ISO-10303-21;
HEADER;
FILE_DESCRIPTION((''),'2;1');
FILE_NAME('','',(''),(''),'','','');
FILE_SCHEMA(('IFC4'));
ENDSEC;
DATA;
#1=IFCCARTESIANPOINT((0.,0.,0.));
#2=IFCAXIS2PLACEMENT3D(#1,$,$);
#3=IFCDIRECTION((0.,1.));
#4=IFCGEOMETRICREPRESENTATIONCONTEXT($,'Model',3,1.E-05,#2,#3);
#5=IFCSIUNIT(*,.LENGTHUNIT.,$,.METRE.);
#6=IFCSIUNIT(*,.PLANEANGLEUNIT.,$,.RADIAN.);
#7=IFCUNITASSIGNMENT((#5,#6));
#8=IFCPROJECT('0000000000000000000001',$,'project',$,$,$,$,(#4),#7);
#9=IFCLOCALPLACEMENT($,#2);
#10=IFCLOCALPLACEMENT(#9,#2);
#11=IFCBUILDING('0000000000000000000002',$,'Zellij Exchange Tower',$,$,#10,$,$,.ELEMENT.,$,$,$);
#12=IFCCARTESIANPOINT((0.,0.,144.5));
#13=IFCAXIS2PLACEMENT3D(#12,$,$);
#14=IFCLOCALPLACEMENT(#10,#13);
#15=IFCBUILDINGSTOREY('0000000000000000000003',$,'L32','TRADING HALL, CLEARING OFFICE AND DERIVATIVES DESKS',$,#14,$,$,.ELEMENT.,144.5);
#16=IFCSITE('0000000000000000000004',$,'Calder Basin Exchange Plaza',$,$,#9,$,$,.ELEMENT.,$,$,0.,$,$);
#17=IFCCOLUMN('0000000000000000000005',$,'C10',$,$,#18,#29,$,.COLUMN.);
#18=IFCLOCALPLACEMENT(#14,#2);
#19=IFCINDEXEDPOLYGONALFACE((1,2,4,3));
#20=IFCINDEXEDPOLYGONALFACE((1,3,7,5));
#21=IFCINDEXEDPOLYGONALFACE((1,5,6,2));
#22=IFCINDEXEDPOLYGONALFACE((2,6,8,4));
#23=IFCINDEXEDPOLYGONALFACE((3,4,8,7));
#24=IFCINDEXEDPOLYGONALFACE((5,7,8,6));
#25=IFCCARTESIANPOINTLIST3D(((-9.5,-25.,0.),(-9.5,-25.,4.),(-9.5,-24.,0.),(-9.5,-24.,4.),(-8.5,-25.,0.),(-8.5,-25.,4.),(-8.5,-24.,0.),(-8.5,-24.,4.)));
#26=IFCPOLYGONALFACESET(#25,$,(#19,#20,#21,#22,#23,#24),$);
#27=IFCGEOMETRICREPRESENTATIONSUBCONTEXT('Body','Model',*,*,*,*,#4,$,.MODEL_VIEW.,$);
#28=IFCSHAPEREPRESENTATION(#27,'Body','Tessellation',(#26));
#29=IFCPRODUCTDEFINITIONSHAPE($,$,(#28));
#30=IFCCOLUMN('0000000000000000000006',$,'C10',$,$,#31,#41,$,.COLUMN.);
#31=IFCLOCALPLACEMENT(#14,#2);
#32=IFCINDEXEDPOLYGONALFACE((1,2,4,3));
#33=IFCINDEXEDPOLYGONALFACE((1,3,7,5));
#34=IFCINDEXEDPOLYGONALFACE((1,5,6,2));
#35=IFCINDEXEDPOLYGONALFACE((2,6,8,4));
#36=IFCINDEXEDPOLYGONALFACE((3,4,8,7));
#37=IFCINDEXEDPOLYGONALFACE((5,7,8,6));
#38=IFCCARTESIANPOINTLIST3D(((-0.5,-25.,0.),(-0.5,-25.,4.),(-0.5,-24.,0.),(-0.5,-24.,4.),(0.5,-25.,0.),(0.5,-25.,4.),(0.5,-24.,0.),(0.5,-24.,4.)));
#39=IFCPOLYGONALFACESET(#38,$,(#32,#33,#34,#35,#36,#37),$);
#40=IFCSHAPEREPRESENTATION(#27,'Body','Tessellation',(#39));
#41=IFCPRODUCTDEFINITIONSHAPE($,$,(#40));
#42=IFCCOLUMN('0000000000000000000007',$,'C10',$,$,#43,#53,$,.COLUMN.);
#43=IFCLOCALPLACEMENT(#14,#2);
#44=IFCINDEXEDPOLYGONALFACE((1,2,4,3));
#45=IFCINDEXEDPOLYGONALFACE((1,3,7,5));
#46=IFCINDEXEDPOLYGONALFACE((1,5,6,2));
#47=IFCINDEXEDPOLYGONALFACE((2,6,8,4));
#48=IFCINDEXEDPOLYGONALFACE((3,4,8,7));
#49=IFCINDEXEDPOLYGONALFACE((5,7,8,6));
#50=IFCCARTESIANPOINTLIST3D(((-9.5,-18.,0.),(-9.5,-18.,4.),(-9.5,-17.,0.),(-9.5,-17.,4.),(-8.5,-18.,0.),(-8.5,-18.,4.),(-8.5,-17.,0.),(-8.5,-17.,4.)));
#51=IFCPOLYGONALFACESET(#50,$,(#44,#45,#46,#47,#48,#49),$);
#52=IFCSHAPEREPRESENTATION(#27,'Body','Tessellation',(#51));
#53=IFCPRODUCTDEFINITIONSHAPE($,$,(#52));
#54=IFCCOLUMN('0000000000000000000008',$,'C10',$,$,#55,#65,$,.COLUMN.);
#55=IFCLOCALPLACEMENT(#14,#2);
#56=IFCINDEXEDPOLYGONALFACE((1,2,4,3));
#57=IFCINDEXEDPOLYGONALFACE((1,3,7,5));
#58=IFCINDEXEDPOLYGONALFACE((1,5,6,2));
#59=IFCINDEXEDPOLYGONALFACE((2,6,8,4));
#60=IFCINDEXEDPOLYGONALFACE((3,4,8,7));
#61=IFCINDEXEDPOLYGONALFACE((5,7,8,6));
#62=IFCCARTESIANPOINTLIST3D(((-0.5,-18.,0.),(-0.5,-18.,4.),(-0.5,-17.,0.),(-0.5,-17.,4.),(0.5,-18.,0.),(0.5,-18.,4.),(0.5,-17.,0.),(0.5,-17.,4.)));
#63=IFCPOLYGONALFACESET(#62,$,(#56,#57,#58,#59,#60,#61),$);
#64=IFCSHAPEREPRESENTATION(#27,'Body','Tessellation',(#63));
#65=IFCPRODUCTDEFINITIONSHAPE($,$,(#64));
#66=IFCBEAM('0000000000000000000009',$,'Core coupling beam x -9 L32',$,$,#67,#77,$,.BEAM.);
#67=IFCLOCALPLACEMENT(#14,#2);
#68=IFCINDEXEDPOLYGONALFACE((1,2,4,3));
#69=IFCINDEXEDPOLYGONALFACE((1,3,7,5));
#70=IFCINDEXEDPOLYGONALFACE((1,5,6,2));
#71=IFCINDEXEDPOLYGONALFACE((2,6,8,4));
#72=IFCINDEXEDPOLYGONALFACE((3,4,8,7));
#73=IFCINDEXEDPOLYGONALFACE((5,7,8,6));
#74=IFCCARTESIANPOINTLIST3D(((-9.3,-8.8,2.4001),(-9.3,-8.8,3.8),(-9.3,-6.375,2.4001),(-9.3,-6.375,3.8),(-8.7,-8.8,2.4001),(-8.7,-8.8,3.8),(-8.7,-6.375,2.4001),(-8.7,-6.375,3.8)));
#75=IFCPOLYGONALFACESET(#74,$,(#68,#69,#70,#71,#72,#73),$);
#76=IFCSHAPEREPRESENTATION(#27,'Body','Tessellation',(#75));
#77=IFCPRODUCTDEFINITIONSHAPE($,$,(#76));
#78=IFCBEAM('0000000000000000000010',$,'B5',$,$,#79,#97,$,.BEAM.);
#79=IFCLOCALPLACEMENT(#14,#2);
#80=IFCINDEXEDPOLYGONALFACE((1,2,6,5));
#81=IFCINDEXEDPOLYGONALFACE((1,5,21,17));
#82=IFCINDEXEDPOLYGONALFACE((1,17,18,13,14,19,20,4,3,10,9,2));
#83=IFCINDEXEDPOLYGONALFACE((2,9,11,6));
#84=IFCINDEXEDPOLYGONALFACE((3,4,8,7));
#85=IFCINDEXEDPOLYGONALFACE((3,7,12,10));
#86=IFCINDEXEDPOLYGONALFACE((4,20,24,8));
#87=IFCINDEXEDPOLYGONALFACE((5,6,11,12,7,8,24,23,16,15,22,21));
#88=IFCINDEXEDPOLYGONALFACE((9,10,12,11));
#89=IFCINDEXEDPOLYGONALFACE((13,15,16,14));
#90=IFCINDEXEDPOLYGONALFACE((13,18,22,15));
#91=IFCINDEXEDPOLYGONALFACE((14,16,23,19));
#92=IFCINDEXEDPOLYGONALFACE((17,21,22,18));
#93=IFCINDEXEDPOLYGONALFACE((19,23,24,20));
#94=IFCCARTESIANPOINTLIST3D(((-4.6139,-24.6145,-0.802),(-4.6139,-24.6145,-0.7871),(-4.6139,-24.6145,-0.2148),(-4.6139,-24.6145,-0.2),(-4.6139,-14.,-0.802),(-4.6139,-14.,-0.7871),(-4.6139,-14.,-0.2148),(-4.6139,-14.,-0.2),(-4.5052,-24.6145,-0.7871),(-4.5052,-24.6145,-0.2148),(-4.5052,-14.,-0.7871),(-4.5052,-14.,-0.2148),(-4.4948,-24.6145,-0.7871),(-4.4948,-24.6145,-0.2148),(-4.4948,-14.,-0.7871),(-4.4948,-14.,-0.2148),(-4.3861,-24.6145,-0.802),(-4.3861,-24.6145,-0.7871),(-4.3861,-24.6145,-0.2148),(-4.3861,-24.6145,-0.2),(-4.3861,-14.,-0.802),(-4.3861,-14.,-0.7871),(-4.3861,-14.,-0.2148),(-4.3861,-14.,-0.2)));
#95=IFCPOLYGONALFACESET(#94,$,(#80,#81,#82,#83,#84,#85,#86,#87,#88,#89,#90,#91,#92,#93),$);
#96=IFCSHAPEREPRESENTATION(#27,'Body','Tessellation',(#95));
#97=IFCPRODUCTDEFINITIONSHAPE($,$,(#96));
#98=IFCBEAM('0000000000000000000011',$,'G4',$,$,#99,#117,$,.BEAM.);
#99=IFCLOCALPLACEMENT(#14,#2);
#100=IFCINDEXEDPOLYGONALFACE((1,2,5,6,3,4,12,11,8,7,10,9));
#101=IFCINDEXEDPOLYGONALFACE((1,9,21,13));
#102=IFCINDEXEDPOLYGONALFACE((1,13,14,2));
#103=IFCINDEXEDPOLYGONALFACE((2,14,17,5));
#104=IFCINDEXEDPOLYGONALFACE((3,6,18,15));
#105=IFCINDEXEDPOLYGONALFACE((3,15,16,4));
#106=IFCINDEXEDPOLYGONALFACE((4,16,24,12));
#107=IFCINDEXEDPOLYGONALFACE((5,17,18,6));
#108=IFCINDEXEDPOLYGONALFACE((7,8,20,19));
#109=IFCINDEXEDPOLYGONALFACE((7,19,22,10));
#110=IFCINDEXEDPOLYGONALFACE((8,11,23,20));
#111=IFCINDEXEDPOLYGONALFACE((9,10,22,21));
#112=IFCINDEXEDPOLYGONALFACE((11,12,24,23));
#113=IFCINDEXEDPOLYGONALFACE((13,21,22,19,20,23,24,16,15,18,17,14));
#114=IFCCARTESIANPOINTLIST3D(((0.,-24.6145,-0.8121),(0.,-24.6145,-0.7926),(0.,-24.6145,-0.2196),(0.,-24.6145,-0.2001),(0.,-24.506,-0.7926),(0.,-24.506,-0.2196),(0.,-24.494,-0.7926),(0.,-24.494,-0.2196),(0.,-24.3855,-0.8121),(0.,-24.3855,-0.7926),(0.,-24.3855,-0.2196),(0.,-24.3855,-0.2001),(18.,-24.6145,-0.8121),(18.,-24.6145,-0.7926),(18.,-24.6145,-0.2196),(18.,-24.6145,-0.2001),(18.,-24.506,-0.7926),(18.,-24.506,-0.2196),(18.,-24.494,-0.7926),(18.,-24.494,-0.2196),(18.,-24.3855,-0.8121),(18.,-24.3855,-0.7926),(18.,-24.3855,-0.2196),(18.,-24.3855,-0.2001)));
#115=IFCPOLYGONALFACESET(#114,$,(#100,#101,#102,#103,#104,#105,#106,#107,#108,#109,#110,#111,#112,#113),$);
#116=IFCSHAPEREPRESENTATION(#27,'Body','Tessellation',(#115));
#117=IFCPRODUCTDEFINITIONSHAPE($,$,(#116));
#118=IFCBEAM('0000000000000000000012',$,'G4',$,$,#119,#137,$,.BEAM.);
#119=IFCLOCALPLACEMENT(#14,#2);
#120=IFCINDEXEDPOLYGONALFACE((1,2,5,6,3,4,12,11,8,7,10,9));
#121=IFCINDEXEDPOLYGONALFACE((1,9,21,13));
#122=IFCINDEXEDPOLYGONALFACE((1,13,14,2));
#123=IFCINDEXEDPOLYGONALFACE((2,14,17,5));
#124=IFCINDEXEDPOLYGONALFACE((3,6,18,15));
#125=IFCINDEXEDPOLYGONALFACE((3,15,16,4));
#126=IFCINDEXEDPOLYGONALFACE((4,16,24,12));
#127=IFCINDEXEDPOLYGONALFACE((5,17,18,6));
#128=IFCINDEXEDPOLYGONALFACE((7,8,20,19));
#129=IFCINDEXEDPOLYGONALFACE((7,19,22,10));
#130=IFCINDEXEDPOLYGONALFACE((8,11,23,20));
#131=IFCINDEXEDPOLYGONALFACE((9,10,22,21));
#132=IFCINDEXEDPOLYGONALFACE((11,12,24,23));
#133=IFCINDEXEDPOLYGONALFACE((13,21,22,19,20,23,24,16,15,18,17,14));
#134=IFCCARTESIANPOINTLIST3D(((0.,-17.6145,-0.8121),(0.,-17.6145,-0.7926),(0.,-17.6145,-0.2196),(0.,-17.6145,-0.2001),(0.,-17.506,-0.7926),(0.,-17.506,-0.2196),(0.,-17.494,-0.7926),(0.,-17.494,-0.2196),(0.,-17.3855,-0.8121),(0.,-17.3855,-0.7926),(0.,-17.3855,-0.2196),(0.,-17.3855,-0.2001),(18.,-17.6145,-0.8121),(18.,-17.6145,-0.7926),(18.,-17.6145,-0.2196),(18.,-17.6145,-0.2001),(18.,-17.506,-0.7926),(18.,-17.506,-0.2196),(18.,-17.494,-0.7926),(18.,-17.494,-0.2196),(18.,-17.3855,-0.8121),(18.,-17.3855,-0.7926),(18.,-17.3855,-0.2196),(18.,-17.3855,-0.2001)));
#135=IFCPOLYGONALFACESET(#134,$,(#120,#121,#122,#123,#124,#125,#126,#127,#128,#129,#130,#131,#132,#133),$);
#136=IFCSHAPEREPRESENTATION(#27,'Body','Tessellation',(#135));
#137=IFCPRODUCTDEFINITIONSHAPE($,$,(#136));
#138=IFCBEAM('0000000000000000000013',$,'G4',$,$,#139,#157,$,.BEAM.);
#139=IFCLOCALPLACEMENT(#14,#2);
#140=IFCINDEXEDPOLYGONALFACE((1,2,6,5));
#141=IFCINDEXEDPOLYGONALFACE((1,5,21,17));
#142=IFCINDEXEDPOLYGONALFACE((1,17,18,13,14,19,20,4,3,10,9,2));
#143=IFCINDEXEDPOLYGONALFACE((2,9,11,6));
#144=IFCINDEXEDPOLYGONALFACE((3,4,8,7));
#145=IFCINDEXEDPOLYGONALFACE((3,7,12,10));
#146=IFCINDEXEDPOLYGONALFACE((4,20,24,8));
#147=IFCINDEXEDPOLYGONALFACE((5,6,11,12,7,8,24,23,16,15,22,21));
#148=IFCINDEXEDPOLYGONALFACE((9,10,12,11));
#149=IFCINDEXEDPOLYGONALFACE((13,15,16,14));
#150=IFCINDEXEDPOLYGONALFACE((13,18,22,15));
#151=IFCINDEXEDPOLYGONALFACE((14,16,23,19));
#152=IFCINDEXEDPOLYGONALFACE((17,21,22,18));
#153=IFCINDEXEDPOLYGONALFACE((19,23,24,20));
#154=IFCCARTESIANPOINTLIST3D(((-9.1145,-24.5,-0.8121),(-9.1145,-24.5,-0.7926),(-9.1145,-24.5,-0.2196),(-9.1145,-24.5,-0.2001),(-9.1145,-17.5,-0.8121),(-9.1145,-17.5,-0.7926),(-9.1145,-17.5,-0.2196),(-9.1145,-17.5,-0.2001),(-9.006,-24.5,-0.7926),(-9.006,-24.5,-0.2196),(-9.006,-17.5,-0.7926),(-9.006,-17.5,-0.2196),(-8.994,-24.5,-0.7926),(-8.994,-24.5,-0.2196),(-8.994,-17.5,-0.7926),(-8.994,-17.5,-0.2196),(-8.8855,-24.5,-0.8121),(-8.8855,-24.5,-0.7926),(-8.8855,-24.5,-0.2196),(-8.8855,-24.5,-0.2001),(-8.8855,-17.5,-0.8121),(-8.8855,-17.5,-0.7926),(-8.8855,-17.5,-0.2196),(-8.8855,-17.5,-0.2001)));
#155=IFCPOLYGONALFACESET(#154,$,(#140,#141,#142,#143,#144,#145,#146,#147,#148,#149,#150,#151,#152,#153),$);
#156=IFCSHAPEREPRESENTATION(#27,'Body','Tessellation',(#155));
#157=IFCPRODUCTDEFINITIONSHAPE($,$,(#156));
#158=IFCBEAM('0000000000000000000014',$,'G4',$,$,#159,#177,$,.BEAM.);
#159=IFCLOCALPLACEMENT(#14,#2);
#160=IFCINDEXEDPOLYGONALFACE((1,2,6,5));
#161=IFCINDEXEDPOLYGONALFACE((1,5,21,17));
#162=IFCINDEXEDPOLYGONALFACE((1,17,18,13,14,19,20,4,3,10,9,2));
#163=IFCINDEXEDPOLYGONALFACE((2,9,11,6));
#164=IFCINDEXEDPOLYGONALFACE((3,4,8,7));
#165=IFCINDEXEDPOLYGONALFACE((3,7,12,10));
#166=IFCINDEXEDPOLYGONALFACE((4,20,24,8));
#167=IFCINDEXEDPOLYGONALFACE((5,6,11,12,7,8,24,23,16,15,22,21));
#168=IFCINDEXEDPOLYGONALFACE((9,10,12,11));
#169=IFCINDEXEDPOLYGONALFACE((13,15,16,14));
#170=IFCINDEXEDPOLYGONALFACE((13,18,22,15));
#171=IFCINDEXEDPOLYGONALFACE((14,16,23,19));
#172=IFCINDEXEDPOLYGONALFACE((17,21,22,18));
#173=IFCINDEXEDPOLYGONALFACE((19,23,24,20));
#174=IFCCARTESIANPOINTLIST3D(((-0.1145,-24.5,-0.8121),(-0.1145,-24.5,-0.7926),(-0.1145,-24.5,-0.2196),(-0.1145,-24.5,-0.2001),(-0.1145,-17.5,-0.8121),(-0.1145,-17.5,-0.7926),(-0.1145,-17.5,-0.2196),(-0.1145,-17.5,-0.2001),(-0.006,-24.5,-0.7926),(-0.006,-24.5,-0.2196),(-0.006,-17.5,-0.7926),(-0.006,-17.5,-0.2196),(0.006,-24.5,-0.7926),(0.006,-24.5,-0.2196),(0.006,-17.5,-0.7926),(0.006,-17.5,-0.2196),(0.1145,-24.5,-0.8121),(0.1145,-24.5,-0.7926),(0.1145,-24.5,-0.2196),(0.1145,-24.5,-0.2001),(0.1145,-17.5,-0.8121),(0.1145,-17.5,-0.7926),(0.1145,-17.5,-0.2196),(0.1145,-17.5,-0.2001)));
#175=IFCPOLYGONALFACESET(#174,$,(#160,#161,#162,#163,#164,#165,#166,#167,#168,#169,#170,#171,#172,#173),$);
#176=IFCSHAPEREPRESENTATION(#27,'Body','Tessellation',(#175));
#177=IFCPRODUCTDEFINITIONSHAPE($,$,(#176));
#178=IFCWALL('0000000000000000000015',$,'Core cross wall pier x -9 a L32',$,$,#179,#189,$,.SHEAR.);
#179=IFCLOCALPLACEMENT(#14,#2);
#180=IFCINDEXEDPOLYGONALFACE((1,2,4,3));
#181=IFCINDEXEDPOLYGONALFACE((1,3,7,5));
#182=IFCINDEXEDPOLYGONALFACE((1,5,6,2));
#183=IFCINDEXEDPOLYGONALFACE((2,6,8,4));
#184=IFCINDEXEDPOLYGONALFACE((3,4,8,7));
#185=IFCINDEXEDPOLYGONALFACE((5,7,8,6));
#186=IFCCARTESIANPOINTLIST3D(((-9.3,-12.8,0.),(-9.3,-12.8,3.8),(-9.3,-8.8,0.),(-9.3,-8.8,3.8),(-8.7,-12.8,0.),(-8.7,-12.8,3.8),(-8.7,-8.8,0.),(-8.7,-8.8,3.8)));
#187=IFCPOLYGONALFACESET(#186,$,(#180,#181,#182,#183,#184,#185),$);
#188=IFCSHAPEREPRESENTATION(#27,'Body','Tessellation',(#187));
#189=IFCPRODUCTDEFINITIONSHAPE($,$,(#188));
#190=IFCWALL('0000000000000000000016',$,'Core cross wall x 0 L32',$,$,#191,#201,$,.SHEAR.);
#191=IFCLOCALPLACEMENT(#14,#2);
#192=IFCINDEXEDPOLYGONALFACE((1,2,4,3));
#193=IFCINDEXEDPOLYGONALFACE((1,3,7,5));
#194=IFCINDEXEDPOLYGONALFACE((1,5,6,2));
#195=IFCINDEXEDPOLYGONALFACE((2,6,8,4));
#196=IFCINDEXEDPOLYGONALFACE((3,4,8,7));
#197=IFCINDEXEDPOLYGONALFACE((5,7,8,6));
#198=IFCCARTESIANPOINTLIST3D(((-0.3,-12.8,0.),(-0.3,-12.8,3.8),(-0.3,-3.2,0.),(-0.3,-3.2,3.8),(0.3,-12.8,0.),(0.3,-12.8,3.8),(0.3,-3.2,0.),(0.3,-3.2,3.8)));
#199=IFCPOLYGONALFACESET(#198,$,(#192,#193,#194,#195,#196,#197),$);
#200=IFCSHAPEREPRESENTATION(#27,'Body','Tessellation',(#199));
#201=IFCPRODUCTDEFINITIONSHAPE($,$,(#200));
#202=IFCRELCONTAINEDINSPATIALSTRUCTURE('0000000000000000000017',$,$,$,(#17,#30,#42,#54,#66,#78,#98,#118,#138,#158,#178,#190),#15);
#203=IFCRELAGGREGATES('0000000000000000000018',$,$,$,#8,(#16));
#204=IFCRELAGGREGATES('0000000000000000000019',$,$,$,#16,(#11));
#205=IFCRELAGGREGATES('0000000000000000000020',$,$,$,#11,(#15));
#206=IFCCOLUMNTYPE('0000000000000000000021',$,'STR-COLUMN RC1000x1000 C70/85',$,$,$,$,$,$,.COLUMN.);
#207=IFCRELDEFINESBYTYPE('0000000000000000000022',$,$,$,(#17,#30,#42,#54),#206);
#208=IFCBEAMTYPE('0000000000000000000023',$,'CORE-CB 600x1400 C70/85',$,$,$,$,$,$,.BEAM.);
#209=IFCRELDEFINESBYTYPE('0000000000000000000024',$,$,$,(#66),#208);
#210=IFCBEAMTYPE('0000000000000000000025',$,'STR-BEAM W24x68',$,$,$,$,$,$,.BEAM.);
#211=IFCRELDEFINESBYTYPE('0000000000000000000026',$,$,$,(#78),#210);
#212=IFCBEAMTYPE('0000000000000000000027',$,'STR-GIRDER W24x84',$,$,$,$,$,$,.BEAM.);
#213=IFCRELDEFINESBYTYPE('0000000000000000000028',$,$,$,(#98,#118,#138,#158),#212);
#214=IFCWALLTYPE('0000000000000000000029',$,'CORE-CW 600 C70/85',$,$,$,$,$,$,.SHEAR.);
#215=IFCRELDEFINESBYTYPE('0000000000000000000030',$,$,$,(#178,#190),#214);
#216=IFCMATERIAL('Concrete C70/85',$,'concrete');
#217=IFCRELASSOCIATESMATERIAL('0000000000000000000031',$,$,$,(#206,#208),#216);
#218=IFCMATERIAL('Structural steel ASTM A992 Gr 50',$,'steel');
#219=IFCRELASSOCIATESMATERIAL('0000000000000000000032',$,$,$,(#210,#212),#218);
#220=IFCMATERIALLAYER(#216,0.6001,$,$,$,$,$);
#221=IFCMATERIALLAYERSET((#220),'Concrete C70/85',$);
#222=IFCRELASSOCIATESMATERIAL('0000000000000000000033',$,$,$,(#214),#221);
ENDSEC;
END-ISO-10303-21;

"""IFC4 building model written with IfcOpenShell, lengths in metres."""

from ifc_helpers import new_model, si_unit, direction, frame, frame_2d, origin, origin_2d, place, context, subcontext, project, spatial, rectangle, i_section, extrude, material, layer, layer_set, material_profile, profile_set, type_object, element, save


model = new_model("IFC4")

# Units and contexts
model_context = context("Model", 3, precision=1e-05, world=origin(), true_north=direction((0.0, 1.0)))
body_context = subcontext(model_context, "Body", "Model", "MODEL_VIEW")
ifc_project = project(units=[si_unit("LENGTHUNIT", "METRE"), si_unit("PLANEANGLEUNIT", "RADIAN")], contexts=[model_context])

# Site, building, storey
site_placement = place(None, origin())
site = spatial("IfcSite", under=ifc_project, at=site_placement, Name="Calder Basin Exchange Plaza", CompositionType="ELEMENT", RefElevation=0.0)
building_placement = place(site_placement, origin())
building = spatial("IfcBuilding", under=site, at=building_placement, Name="Zellij Exchange Tower", CompositionType="ELEMENT")
storey_placement = place(building_placement, frame((0.0, 0.0, 144.5)))
storey = spatial("IfcBuildingStorey", under=building, at=storey_placement, Name="L32", Description="TRADING HALL, CLEARING OFFICE AND DERIVATIVES DESKS", CompositionType="ELEMENT", Elevation=144.5)

# Columns
ifc_material_1 = material(Name="Concrete C70/85", Category="concrete")
ifc_material_profile_1 = material_profile(ifc_material_1, rectangle(XDim=1.0, YDim=1.0, at=origin_2d()), Name="STR-COLUMN RC1000x1000 C70/85")
ifc_profile_set_1 = profile_set([ifc_material_profile_1], Name="Concrete C70/85")
column_type = type_object("IfcColumnType", Name="STR-COLUMN RC1000x1000 C70/85", PredefinedType="COLUMN", material=ifc_profile_set_1)
for number, where, z_axis, x_axis, name in (
    (1, (-9.0, -24.5, 0.0), (0.0, 0.0, 1.0), (1.0, 0.0, 0.0), "C10"),
    (2, (0.0, -24.5, 0.0), (0.0, 0.0, 1.0), (1.0, 0.0, 0.0), "C10"),
    (3, (-9.0, -17.5, 0.0), (0.0, 0.0, 1.0), (1.0, 0.0, 0.0), "C10"),
    (4, (0.0, -17.5, 0.0), (0.0, 0.0, 1.0), (1.0, 0.0, 0.0), "C10"),
):
    element("IfcColumn", number, at=place(storey_placement, frame(where, z_axis=z_axis, x_axis=x_axis)), inside=storey, type_object=column_type, Name=name, PredefinedType="COLUMN", context=body_context, shape_type="SweptSolid", body=[
        extrude(rectangle(XDim=1.0, YDim=1.0, at=origin_2d()), origin(), (0.0, 0.0, 1.0), 4.0),
    ])

# Beams
ifc_material_profile_2 = material_profile(ifc_material_1, rectangle(XDim=0.6001, YDim=1.3999, at=origin_2d()), Name="CORE-CB 600x1400 C70/85")
ifc_profile_set_2 = profile_set([ifc_material_profile_2], Name="Concrete C70/85")
beam_type_1 = type_object("IfcBeamType", Name="CORE-CB 600x1400 C70/85", PredefinedType="BEAM", material=ifc_profile_set_2)
beam_1_placement = place(storey_placement, frame((-9.0, -8.8, 3.1001), z_axis=(0.0, 1.0, 0.0), x_axis=(-1.0, 0.0, 0.0)))
element("IfcBeam", 5, at=beam_1_placement, inside=storey, type_object=beam_type_1, Name="Core coupling beam x -9 L32", PredefinedType="BEAM", context=body_context, shape_type="SweptSolid", body=[
    extrude(rectangle(XDim=0.6001, YDim=1.3999, at=origin_2d()), origin(), (0.0, 0.0, 1.0), 2.425),
])
ifc_material_2 = material(Name="Structural steel ASTM A992 Gr 50", Category="steel")
ifc_material_profile_3 = material_profile(ifc_material_2, i_section(OverallWidth=0.2278, OverallDepth=0.6021, WebThickness=0.0105, FlangeThickness=0.0149, at=origin_2d()), Name="W24x68")
ifc_profile_set_3 = profile_set([ifc_material_profile_3], Name="Structural steel ASTM A992 Gr 50")
beam_type_2 = type_object("IfcBeamType", Name="STR-BEAM W24x68", PredefinedType="BEAM", material=ifc_profile_set_3)
beam_2_placement = place(storey_placement, frame((-4.5, -24.6145, -0.501), z_axis=(0.0, 1.0, 0.0), x_axis=(-1.0, 0.0, 0.0)))
element("IfcBeam", 6, at=beam_2_placement, inside=storey, type_object=beam_type_2, Name="B5", PredefinedType="BEAM", context=body_context, shape_type="SweptSolid", body=[
    extrude(i_section(OverallWidth=0.2278, OverallDepth=0.6021, WebThickness=0.0105, FlangeThickness=0.0149, at=origin_2d()), origin(), (0.0, 0.0, 1.0), 10.6145),
])
ifc_material_profile_4 = material_profile(ifc_material_2, i_section(OverallWidth=0.229, OverallDepth=0.6121, WebThickness=0.012, FlangeThickness=0.0195, at=origin_2d()), Name="W24x84")
ifc_profile_set_4 = profile_set([ifc_material_profile_4], Name="Structural steel ASTM A992 Gr 50")
beam_type_3 = type_object("IfcBeamType", Name="STR-GIRDER W24x84", PredefinedType="BEAM", material=ifc_profile_set_4)
for number, where, z_axis, x_axis, name in (
    (7, (0.0, -24.5, -0.5061), (1.0, 0.0, 0.0), (0.0, 1.0, 0.0), "G4"),
    (8, (0.0, -17.5, -0.5061), (1.0, 0.0, 0.0), (0.0, 1.0, 0.0), "G4"),
):
    element("IfcBeam", number, at=place(storey_placement, frame(where, z_axis=z_axis, x_axis=x_axis)), inside=storey, type_object=beam_type_3, Name=name, PredefinedType="BEAM", context=body_context, shape_type="SweptSolid", body=[
        extrude(i_section(OverallWidth=0.229, OverallDepth=0.6121, WebThickness=0.012, FlangeThickness=0.0195, at=origin_2d()), origin(), (0.0, 0.0, 1.0), 18.0),
    ])
for number, where, z_axis, x_axis, name in (
    (9, (-9.0, -24.5, -0.5061), (0.0, 1.0, 0.0), (-1.0, 0.0, 0.0), "G4"),
    (10, (0.0, -24.5, -0.5061), (0.0, 1.0, 0.0), (-1.0, 0.0, 0.0), "G4"),
):
    element("IfcBeam", number, at=place(storey_placement, frame(where, z_axis=z_axis, x_axis=x_axis)), inside=storey, type_object=beam_type_3, Name=name, PredefinedType="BEAM", context=body_context, shape_type="SweptSolid", body=[
        extrude(i_section(OverallWidth=0.229, OverallDepth=0.6121, WebThickness=0.012, FlangeThickness=0.0195, at=origin_2d()), origin(), (0.0, 0.0, 1.0), 7.0),
    ])

# Walls
ifc_layer_1 = layer(ifc_material_1, 0.6001)
ifc_layer_set_1 = layer_set([ifc_layer_1], Name="Concrete C70/85")
wall_type_1 = type_object("IfcWallType", Name="CORE-CW 600 C70/85", PredefinedType="SHEAR", material=ifc_layer_set_1)
wall_1_placement = place(storey_placement, frame((-9.0, -12.8, 0.0), z_axis=(0.0, 0.0, 1.0), x_axis=(0.0, 1.0, 0.0)))
element("IfcWall", 11, at=wall_1_placement, inside=storey, type_object=wall_type_1, Name="Core cross wall pier x -9 a L32", PredefinedType="SHEAR", context=body_context, shape_type="SweptSolid", body=[
    extrude(rectangle(XDim=4.0, YDim=0.6001, at=frame_2d((2.0, 0.0))), origin(), (0.0, 0.0, 1.0), 3.8),
])
wall_2_placement = place(storey_placement, frame((0.0, -12.8, 0.0), z_axis=(0.0, 0.0, 1.0), x_axis=(0.0, 1.0, 0.0)))
element("IfcWall", 12, at=wall_2_placement, inside=storey, type_object=wall_type_1, Name="Core cross wall x 0 L32", PredefinedType="SHEAR", context=body_context, shape_type="SweptSolid", body=[
    extrude(rectangle(XDim=9.6001, YDim=0.6001, at=frame_2d((4.8, 0.0))), origin(), (0.0, 0.0, 1.0), 3.8),
])

save(model, "model.ifc")
